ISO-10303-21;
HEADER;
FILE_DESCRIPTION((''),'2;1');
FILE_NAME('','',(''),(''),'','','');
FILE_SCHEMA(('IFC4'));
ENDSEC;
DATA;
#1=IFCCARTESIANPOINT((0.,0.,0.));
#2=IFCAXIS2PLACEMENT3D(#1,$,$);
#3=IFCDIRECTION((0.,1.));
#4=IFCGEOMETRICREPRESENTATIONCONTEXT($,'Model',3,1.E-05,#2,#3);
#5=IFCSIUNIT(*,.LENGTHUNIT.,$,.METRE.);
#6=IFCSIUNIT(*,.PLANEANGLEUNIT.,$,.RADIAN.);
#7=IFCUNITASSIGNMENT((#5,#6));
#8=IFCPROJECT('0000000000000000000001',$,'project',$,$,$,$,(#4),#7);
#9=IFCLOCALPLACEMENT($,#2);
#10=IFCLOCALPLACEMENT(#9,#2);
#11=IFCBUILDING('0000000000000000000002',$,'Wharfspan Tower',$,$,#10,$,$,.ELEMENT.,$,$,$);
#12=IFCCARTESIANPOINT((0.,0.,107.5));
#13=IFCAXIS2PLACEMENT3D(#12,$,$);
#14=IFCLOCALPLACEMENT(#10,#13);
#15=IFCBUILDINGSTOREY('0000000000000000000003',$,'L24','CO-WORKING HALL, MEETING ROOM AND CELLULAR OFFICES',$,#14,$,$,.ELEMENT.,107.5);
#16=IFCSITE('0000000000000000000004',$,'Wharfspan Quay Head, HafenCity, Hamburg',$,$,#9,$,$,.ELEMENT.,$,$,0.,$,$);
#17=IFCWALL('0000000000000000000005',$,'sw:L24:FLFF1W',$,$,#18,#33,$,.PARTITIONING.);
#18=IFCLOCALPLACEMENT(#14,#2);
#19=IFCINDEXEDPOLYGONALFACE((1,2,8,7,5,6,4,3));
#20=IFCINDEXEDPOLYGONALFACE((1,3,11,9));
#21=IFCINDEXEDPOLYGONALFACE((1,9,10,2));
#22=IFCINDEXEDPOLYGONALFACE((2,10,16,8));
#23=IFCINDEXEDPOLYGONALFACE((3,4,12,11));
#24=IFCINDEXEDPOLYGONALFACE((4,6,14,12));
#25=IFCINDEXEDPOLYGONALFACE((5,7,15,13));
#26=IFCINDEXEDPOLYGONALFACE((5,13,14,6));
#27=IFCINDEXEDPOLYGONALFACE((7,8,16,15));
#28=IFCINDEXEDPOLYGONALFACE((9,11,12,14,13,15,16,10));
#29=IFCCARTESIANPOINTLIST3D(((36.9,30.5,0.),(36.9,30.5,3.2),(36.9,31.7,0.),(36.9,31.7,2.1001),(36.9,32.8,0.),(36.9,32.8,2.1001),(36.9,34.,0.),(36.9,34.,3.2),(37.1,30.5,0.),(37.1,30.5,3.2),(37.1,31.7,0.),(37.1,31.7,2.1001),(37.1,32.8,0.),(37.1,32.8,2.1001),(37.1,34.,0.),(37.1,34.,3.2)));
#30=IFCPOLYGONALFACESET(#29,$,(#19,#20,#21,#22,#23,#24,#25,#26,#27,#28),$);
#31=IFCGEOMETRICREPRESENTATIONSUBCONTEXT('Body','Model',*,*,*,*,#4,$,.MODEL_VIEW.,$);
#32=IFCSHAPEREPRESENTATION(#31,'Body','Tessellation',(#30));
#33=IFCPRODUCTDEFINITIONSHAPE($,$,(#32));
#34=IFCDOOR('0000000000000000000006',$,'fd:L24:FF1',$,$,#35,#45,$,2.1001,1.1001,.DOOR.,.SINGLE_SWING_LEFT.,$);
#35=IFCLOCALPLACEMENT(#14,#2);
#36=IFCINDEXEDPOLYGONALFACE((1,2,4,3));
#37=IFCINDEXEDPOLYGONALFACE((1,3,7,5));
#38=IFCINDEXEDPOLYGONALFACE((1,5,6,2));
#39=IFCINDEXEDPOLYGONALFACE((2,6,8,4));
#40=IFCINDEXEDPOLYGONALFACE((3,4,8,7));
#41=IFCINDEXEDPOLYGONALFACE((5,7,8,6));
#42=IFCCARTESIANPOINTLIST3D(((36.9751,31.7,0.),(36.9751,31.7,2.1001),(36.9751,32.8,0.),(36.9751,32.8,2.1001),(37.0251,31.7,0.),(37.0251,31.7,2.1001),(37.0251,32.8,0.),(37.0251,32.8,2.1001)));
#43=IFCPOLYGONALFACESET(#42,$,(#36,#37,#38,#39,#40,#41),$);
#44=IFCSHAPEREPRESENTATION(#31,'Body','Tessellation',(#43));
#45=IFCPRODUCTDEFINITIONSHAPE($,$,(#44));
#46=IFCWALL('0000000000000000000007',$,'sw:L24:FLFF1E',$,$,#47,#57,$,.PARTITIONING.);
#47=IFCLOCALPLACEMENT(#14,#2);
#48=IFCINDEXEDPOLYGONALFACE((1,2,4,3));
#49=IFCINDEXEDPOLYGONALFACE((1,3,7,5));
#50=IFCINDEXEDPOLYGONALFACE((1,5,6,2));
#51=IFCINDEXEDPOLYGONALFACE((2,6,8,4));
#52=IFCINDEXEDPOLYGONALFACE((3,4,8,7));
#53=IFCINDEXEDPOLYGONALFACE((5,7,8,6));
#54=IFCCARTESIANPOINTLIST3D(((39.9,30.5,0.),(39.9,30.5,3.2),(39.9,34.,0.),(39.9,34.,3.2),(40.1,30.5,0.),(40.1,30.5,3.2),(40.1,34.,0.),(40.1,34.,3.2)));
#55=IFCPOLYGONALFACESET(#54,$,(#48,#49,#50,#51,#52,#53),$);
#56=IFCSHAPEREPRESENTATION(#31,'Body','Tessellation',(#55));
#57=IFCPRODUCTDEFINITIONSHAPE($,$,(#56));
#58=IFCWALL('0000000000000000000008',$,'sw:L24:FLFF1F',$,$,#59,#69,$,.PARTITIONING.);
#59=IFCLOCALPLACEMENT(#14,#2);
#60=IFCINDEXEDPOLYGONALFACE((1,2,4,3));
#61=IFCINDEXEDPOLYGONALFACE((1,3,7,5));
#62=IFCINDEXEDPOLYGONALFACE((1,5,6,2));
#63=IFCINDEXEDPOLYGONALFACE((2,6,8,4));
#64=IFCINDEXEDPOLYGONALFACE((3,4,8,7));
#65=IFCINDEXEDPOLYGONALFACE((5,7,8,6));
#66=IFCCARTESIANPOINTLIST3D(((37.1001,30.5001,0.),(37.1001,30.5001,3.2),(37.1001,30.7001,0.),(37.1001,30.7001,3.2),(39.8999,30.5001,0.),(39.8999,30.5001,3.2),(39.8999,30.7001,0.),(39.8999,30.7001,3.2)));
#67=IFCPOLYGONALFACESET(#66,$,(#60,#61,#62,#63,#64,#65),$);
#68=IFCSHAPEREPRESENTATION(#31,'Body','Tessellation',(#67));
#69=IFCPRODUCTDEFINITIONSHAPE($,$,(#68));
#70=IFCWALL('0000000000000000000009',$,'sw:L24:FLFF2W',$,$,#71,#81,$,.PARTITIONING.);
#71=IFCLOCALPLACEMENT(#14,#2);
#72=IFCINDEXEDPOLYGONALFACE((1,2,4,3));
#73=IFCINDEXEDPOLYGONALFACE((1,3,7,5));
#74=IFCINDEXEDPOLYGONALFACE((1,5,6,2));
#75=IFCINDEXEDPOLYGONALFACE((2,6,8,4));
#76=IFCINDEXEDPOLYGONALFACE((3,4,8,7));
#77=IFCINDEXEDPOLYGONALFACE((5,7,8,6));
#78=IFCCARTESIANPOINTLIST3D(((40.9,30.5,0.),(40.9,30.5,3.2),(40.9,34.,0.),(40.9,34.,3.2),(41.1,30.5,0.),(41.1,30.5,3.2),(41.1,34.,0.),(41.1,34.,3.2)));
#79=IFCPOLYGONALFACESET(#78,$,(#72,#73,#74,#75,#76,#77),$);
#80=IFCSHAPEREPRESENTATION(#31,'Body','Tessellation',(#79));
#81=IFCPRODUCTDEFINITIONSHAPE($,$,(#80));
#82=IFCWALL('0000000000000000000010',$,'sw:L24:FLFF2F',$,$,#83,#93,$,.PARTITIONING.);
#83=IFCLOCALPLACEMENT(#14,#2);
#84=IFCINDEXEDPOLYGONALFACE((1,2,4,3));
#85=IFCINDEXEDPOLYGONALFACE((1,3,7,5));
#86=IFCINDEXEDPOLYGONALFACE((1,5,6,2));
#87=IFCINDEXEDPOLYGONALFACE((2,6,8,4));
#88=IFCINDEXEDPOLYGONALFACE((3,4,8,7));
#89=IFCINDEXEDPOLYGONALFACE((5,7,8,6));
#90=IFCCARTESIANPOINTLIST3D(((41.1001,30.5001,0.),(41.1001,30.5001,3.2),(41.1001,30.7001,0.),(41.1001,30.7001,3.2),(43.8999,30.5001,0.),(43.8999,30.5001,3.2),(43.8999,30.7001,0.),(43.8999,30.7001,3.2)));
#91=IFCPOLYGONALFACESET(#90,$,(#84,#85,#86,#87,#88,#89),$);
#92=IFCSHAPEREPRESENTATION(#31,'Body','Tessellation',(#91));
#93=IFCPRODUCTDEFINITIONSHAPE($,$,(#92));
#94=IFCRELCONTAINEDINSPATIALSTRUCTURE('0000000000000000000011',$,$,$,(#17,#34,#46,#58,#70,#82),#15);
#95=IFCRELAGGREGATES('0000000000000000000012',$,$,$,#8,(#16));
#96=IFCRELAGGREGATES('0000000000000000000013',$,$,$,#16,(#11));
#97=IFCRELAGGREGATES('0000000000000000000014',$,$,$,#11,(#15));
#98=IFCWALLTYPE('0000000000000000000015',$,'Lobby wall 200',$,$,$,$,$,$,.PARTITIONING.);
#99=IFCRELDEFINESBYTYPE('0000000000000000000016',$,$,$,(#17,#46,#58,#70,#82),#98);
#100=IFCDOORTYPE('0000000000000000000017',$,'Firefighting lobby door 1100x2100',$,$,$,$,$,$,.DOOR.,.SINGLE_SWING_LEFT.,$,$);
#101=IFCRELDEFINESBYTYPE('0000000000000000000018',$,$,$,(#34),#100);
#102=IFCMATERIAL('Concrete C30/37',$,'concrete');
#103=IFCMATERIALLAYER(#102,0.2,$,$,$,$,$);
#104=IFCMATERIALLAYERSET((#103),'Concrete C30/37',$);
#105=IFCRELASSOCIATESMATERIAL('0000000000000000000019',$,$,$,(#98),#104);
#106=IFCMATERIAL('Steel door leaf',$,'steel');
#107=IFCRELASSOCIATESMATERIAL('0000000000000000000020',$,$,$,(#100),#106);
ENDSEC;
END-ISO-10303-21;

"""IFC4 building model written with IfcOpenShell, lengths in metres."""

from ifc_helpers import new_model, si_unit, direction, frame, frame_2d, origin, place, context, subcontext, project, spatial, rectangle, extrude, material, layer, layer_set, type_object, element, fill, save


model = new_model("IFC4")

# Units and contexts
model_context = context("Model", 3, precision=1e-05, world=origin(), true_north=direction((0.0, 1.0)))
body_context = subcontext(model_context, "Body", "Model", "MODEL_VIEW")
ifc_project = project(units=[si_unit("LENGTHUNIT", "METRE"), si_unit("PLANEANGLEUNIT", "RADIAN")], contexts=[model_context])

# Site, building, storey
site_placement = place(None, origin())
site = spatial("IfcSite", under=ifc_project, at=site_placement, Name="Wharfspan Quay Head, HafenCity, Hamburg", CompositionType="ELEMENT", RefElevation=0.0)
building_placement = place(site_placement, origin())
building = spatial("IfcBuilding", under=site, at=building_placement, Name="Wharfspan Tower", CompositionType="ELEMENT")
storey_placement = place(building_placement, frame((0.0, 0.0, 107.5)))
storey = spatial("IfcBuildingStorey", under=building, at=storey_placement, Name="L24", Description="CO-WORKING HALL, MEETING ROOM AND CELLULAR OFFICES", CompositionType="ELEMENT", Elevation=107.5)

# Wall, opening, door
ifc_material_1 = material(Name="Concrete C30/37", Category="concrete")
ifc_layer_1 = layer(ifc_material_1, 0.2)
ifc_layer_set_1 = layer_set([ifc_layer_1], Name="Concrete C30/37")
wall_type_1 = type_object("IfcWallType", Name="Lobby wall 200", PredefinedType="PARTITIONING", material=ifc_layer_set_1)
wall_1_placement = place(storey_placement, frame((37.0, 30.5, 0.0), z_axis=(0.0, 0.0, 1.0), x_axis=(0.0, 1.0, 0.0)))
wall_1 = element("IfcWall", 1, at=wall_1_placement, inside=storey, type_object=wall_type_1, Name="sw:L24:FLFF1W", PredefinedType="PARTITIONING", context=body_context, shape_type="SweptSolid", body=[
    extrude(rectangle(XDim=3.5, YDim=0.2, at=frame_2d((1.75, 0.0))), origin(), (0.0, 0.0, 1.0), 3.2),
])
opening_1_placement = place(wall_1_placement, frame((1.2, 0.0, 0.0)))
opening_1 = element("IfcOpeningElement", 2, at=opening_1_placement, cuts=wall_1, PredefinedType="OPENING", context=body_context, shape_type="SweptSolid", body=[
    extrude(rectangle(XDim=1.1001, YDim=2.1001, at=frame_2d((0.55, 1.05))), frame((0.0, 0.1099, 0.0), z_axis=(0.0, -1.0, 0.0), x_axis=(1.0, 0.0, 0.0)), (0.0, 0.0, 1.0), 0.22),
])
ifc_material_2 = material(Name="Steel door leaf", Category="steel")
door_type_1 = type_object("IfcDoorType", Name="Firefighting lobby door 1100x2100", OperationType="SINGLE_SWING_LEFT", PredefinedType="DOOR", material=ifc_material_2)
door_1_placement = place(opening_1_placement, origin())
door_1 = element("IfcDoor", 3, at=door_1_placement, inside=storey, type_object=door_type_1, Name="fd:L24:FF1", OperationType="SINGLE_SWING_LEFT", OverallHeight=2.1001, OverallWidth=1.1001, PredefinedType="DOOR", context=body_context, shape_type="SweptSolid", body=[
    extrude(rectangle(XDim=1.1001, YDim=2.1001, at=frame_2d((0.55, 1.05))), frame((0.0, 0.0249, 0.0), z_axis=(0.0, -1.0, 0.0), x_axis=(1.0, 0.0, 0.0)), (0.0, 0.0, 1.0), 0.05),
])
fill(opening_1, door_1)

# Walls
wall_2_placement = place(storey_placement, frame((40.0, 30.5, 0.0), z_axis=(0.0, 0.0, 1.0), x_axis=(0.0, 1.0, 0.0)))
element("IfcWall", 4, at=wall_2_placement, inside=storey, type_object=wall_type_1, Name="sw:L24:FLFF1E", PredefinedType="PARTITIONING", context=body_context, shape_type="SweptSolid", body=[
    extrude(rectangle(XDim=3.5, YDim=0.2, at=frame_2d((1.75, 0.0))), origin(), (0.0, 0.0, 1.0), 3.2),
])
wall_3_placement = place(storey_placement, frame((37.1001, 30.6001, 0.0), z_axis=(0.0, 0.0, 1.0), x_axis=(1.0, 0.0, 0.0)))
element("IfcWall", 5, at=wall_3_placement, inside=storey, type_object=wall_type_1, Name="sw:L24:FLFF1F", PredefinedType="PARTITIONING", context=body_context, shape_type="SweptSolid", body=[
    extrude(rectangle(XDim=2.7998, YDim=0.2, at=frame_2d((1.3999, 0.0))), origin(), (0.0, 0.0, 1.0), 3.2),
])
wall_4_placement = place(storey_placement, frame((41.0, 30.5, 0.0), z_axis=(0.0, 0.0, 1.0), x_axis=(0.0, 1.0, 0.0)))
element("IfcWall", 6, at=wall_4_placement, inside=storey, type_object=wall_type_1, Name="sw:L24:FLFF2W", PredefinedType="PARTITIONING", context=body_context, shape_type="SweptSolid", body=[
    extrude(rectangle(XDim=3.5, YDim=0.2, at=frame_2d((1.75, 0.0))), origin(), (0.0, 0.0, 1.0), 3.2),
])
wall_5_placement = place(storey_placement, frame((41.1001, 30.6001, 0.0), z_axis=(0.0, 0.0, 1.0), x_axis=(1.0, 0.0, 0.0)))
element("IfcWall", 7, at=wall_5_placement, inside=storey, type_object=wall_type_1, Name="sw:L24:FLFF2F", PredefinedType="PARTITIONING", context=body_context, shape_type="SweptSolid", body=[
    extrude(rectangle(XDim=2.7998, YDim=0.2, at=frame_2d((1.3999, 0.0))), origin(), (0.0, 0.0, 1.0), 3.2),
])

save(model, "model.ifc")
